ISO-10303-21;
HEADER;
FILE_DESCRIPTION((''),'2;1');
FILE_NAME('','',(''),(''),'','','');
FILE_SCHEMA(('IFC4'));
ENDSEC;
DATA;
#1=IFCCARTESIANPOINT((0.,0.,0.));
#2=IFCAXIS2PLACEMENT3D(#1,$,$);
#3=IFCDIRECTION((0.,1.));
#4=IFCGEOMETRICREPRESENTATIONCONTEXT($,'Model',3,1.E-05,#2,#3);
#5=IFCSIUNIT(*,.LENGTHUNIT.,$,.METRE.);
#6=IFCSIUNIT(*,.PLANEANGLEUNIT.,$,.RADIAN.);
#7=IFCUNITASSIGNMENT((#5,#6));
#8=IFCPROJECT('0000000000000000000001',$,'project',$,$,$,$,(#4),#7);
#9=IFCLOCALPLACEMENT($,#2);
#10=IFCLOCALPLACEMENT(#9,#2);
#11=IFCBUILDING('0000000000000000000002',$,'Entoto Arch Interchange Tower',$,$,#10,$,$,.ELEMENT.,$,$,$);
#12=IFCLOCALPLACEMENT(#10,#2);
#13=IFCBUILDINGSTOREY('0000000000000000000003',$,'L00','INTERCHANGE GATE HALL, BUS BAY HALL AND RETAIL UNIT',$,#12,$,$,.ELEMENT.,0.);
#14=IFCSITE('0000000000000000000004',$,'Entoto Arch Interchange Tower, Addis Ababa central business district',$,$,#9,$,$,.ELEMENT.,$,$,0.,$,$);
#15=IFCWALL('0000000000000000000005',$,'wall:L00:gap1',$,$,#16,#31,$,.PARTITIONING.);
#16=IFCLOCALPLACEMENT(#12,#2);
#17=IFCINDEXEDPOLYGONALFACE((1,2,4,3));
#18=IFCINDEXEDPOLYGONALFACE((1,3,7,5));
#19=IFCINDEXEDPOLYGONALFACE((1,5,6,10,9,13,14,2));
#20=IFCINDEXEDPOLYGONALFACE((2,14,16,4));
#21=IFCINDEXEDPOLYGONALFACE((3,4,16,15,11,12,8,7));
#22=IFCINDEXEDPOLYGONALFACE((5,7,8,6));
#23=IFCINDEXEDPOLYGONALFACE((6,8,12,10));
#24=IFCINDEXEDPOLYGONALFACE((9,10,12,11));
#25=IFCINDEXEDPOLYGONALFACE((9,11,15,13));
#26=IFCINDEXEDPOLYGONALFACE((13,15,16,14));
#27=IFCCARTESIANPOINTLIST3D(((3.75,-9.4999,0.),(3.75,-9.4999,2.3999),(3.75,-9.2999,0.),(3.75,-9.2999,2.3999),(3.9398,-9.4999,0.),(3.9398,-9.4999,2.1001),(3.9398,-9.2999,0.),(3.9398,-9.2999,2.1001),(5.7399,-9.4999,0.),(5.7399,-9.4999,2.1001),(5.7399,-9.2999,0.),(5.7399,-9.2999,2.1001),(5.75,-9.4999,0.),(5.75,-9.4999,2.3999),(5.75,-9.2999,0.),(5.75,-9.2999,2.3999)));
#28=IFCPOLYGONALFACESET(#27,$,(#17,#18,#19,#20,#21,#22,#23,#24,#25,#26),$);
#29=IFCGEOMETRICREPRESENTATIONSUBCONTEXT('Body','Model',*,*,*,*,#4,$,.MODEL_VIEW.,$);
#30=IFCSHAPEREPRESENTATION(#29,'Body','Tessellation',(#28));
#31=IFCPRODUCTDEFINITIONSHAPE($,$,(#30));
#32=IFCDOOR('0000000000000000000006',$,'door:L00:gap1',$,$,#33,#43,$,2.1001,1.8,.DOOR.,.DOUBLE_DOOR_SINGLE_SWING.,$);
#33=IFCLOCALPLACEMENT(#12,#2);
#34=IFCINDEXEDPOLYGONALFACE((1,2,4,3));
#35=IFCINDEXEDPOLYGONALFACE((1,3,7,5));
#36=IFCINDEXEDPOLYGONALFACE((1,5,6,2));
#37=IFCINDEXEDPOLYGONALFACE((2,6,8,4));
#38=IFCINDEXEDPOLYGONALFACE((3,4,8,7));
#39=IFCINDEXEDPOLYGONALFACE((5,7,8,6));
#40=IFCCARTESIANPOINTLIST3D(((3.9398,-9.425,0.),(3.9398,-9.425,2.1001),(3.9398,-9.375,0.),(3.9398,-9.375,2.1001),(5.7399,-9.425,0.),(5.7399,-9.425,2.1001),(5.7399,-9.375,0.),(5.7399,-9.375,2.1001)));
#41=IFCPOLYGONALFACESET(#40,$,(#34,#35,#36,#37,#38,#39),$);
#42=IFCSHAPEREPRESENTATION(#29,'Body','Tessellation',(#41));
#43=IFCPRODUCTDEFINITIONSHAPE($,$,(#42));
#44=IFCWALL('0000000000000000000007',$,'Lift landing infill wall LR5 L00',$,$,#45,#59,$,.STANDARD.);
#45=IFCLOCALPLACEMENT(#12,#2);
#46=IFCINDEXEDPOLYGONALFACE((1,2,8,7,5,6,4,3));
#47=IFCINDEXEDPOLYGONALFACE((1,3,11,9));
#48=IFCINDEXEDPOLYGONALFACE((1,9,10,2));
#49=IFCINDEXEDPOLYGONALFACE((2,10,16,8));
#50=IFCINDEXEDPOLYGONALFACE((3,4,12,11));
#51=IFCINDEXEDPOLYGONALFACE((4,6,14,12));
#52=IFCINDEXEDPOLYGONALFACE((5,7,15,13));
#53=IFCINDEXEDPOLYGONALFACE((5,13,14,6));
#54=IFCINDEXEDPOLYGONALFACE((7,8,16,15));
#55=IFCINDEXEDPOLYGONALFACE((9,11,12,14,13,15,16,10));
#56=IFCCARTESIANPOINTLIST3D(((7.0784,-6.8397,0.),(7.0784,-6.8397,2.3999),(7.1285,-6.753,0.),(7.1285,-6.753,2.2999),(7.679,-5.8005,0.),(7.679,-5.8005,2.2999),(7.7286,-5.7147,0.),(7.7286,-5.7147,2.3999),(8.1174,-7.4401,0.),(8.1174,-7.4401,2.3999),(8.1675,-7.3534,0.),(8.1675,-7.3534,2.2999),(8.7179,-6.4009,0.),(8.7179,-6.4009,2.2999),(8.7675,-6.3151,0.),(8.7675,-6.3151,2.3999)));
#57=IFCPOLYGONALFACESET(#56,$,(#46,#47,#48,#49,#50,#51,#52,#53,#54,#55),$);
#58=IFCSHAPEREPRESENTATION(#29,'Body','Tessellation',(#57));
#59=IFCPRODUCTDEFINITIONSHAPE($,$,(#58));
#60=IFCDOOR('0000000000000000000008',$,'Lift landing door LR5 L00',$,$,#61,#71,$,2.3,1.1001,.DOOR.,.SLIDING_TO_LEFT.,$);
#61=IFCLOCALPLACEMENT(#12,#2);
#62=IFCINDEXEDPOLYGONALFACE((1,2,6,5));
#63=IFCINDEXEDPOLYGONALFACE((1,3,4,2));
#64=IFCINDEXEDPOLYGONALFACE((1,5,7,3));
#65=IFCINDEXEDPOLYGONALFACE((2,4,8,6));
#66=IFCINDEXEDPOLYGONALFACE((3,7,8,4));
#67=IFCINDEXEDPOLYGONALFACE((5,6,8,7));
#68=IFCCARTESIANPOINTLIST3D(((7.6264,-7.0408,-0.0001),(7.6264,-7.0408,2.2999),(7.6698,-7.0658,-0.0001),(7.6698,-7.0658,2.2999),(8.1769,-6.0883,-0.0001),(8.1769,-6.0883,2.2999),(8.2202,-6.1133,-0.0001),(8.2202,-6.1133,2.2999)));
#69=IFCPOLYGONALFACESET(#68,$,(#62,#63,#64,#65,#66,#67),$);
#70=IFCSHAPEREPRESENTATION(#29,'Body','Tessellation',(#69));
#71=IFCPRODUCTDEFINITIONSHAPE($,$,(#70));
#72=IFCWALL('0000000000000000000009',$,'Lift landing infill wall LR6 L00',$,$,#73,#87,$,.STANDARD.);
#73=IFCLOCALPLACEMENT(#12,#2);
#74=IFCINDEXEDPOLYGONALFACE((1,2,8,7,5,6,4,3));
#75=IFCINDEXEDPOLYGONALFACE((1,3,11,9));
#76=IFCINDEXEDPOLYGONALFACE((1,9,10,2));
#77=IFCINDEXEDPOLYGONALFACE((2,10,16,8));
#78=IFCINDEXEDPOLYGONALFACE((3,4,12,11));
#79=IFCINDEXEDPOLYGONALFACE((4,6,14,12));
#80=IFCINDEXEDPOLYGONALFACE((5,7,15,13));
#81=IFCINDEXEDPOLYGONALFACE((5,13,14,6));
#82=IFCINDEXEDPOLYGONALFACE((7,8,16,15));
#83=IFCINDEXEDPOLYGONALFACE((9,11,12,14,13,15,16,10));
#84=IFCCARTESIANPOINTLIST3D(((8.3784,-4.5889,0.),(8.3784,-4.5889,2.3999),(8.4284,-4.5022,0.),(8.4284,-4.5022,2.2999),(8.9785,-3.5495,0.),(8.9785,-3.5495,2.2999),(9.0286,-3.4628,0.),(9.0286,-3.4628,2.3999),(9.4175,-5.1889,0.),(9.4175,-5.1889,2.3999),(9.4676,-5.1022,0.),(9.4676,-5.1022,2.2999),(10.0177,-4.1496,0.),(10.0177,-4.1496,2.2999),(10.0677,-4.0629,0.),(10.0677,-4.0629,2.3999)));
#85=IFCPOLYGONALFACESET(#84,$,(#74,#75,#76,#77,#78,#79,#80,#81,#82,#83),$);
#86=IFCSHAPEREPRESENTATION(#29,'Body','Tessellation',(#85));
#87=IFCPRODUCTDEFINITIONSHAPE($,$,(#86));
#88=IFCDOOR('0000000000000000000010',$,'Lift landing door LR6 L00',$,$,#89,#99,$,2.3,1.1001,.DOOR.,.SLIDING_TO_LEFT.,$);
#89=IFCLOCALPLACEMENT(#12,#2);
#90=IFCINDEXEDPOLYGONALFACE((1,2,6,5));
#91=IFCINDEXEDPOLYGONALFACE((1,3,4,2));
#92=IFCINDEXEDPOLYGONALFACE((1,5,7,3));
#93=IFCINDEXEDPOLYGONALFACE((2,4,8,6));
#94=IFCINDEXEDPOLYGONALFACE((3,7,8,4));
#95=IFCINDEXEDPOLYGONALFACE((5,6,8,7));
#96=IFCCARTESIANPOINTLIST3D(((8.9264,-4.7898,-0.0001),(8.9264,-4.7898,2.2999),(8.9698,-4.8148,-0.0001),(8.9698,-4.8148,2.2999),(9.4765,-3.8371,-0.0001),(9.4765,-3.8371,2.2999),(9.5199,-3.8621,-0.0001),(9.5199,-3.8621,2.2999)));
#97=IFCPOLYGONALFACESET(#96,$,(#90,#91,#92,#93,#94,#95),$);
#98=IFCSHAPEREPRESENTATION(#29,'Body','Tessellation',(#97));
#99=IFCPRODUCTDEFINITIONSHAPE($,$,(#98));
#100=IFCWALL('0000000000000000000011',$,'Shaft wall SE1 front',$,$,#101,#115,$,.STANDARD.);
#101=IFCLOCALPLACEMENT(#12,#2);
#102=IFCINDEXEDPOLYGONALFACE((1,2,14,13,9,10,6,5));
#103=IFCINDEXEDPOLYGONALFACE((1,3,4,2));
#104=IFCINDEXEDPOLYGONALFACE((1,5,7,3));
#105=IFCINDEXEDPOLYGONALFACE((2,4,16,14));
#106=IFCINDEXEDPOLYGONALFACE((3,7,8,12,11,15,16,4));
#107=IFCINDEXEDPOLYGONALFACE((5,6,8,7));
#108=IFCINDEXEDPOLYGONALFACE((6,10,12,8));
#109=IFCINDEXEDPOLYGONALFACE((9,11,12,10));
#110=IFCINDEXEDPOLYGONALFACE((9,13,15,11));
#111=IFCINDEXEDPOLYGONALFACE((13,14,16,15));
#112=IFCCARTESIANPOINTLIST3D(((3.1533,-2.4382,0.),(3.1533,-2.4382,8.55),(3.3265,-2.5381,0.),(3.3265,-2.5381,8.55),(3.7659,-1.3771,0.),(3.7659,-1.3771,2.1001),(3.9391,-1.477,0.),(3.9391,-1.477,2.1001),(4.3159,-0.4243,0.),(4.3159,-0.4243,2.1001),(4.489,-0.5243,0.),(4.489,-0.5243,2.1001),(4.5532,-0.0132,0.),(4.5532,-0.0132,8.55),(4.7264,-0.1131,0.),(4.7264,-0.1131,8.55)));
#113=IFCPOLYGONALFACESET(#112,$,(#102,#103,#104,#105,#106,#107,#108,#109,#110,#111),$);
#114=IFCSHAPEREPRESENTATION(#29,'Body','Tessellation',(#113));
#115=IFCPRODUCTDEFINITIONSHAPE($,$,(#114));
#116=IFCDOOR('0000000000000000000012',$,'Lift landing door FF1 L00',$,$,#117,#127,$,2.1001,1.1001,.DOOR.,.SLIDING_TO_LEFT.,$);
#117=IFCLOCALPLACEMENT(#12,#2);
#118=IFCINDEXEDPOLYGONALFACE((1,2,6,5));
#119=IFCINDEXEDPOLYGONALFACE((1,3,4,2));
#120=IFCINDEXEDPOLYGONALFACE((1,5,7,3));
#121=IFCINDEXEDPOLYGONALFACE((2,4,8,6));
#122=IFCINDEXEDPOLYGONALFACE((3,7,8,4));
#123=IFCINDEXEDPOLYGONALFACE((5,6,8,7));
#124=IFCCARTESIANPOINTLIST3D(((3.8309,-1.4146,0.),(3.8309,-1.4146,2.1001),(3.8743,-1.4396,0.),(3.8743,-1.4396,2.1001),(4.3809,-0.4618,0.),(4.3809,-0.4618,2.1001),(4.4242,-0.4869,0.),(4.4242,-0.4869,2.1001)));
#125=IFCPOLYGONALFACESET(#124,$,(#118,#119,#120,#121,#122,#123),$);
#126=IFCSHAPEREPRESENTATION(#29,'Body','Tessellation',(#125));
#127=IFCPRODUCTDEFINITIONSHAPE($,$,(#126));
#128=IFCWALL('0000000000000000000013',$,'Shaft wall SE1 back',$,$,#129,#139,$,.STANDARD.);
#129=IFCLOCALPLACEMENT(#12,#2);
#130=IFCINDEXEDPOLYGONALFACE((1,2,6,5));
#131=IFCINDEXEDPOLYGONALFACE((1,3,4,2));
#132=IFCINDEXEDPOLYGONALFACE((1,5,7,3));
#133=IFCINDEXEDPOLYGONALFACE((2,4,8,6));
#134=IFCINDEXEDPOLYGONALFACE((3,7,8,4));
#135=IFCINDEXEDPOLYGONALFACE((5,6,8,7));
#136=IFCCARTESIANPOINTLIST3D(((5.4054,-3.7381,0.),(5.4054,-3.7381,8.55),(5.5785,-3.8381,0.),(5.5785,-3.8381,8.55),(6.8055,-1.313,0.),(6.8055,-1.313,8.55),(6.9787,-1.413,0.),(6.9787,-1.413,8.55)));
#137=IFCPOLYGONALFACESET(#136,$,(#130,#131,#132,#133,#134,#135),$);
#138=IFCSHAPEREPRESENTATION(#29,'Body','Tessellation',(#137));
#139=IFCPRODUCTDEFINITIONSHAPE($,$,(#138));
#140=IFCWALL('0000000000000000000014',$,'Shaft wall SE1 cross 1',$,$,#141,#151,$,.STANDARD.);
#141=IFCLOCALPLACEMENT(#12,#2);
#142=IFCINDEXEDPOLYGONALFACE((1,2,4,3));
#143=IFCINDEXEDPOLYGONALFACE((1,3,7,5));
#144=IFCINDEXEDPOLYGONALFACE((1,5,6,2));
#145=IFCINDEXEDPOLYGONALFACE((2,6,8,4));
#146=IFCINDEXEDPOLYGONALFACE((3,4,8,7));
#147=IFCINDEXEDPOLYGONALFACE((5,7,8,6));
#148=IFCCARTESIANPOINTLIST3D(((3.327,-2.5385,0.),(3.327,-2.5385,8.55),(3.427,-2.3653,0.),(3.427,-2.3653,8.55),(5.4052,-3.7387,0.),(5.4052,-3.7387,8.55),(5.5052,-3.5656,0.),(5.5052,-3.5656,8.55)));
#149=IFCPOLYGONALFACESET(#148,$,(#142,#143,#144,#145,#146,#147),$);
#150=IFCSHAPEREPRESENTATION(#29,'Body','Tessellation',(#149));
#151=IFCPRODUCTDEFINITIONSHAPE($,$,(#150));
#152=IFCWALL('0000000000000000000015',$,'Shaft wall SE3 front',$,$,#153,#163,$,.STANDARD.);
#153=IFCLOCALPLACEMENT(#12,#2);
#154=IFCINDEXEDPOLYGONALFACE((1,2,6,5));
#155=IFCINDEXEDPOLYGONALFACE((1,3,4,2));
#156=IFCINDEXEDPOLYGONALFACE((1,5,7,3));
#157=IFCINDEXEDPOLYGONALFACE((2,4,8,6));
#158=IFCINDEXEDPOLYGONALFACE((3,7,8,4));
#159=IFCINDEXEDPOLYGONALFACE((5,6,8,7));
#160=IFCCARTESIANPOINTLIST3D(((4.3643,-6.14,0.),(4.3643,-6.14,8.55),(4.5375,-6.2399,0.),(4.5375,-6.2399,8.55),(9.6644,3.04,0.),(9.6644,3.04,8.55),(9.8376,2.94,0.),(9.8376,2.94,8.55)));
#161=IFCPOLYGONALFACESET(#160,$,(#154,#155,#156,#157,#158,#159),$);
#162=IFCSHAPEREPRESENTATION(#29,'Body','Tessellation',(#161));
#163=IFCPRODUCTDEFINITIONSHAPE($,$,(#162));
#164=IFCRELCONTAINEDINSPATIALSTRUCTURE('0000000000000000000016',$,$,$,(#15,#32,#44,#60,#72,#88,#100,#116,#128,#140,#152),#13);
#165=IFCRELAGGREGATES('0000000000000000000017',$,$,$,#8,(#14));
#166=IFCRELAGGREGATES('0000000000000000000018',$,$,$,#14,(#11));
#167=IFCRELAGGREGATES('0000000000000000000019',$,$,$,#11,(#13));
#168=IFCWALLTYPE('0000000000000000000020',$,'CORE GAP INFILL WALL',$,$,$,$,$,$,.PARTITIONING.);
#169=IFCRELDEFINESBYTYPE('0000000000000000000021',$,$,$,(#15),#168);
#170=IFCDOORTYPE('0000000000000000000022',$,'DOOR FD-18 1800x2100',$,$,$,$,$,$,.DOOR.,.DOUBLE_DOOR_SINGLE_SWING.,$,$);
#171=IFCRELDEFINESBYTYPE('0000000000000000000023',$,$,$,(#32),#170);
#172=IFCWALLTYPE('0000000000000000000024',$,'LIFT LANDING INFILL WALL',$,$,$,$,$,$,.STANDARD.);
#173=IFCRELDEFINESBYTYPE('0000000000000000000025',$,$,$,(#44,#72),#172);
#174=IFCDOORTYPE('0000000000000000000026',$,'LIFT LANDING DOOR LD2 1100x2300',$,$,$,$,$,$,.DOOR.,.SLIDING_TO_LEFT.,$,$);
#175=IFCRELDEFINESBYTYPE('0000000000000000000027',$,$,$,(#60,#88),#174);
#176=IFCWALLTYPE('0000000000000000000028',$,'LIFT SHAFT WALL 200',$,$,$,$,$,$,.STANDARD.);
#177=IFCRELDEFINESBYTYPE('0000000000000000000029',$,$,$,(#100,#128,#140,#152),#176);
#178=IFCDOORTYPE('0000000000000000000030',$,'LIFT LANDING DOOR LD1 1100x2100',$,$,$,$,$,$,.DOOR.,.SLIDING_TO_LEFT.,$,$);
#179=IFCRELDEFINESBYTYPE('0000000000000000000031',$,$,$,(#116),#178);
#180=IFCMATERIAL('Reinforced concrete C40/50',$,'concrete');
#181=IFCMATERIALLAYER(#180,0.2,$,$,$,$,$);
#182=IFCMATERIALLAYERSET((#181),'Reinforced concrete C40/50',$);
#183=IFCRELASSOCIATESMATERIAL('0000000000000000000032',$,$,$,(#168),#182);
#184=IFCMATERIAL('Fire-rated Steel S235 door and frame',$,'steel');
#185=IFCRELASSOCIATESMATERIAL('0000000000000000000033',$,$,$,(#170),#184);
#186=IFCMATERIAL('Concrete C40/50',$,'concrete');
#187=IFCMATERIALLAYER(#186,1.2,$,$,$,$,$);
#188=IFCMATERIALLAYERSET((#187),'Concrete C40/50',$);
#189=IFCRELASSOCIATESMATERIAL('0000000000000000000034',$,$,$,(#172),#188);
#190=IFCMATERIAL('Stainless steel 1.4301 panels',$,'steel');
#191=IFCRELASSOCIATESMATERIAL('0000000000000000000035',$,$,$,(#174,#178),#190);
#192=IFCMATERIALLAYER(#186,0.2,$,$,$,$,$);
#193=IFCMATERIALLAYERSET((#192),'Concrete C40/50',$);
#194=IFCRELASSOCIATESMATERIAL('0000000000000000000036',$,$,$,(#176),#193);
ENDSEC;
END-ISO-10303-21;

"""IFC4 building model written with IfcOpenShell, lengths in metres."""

from ifc_helpers import new_model, si_unit, direction, frame, frame_2d, origin, place, context, subcontext, project, spatial, rectangle, extrude, material, layer, layer_set, type_object, element, fill, save


model = new_model("IFC4")

# Units and contexts
model_context = context("Model", 3, precision=1e-05, world=origin(), true_north=direction((0.0, 1.0)))
body_context = subcontext(model_context, "Body", "Model", "MODEL_VIEW")
ifc_project = project(units=[si_unit("LENGTHUNIT", "METRE"), si_unit("PLANEANGLEUNIT", "RADIAN")], contexts=[model_context])

# Site, building, storey
site_placement = place(None, origin())
site = spatial("IfcSite", under=ifc_project, at=site_placement, Name="Entoto Arch Interchange Tower, Addis Ababa central business district", CompositionType="ELEMENT", RefElevation=0.0)
building_placement = place(site_placement, origin())
building = spatial("IfcBuilding", under=site, at=building_placement, Name="Entoto Arch Interchange Tower", CompositionType="ELEMENT")
storey_placement = place(building_placement, origin())
storey = spatial("IfcBuildingStorey", under=building, at=storey_placement, Name="L00", Description="INTERCHANGE GATE HALL, BUS BAY HALL AND RETAIL UNIT", CompositionType="ELEMENT", Elevation=0.0)

# Walls, openings, doors
ifc_material_1 = material(Name="Reinforced concrete C40/50", Category="concrete")
ifc_layer_1 = layer(ifc_material_1, 0.2)
ifc_layer_set_1 = layer_set([ifc_layer_1], Name="Reinforced concrete C40/50")
wall_type_1 = type_object("IfcWallType", Name="CORE GAP INFILL WALL", PredefinedType="PARTITIONING", material=ifc_layer_set_1)
wall_1_placement = place(storey_placement, frame((3.75, -9.3999, 0.0), z_axis=(0.0, 0.0, 1.0), x_axis=(1.0, 0.0, 0.0)))
wall_1 = element("IfcWall", 1, at=wall_1_placement, inside=storey, type_object=wall_type_1, Name="wall:L00:gap1", PredefinedType="PARTITIONING", context=body_context, shape_type="SweptSolid", body=[
    extrude(rectangle(XDim=2.0, YDim=0.2, at=frame_2d((1.0, 0.0))), origin(), (0.0, 0.0, 1.0), 2.3999),
])
opening_1_placement = place(wall_1_placement, frame((0.1899, 0.0, 0.0)))
opening_1 = element("IfcOpeningElement", 2, at=opening_1_placement, cuts=wall_1, PredefinedType="OPENING", context=body_context, shape_type="SweptSolid", body=[
    extrude(rectangle(XDim=1.8, YDim=2.1001, at=frame_2d((0.8999, 1.05))), frame((0.0, 0.1099, 0.0), z_axis=(0.0, -1.0, 0.0), x_axis=(1.0, 0.0, 0.0)), (0.0, 0.0, 1.0), 0.22),
])
ifc_material_2 = material(Name="Fire-rated Steel S235 door and frame", Category="steel")
door_type_1 = type_object("IfcDoorType", Name="DOOR FD-18 1800x2100", OperationType="DOUBLE_DOOR_SINGLE_SWING", PredefinedType="DOOR", material=ifc_material_2)
door_1_placement = place(opening_1_placement, origin())
door_1 = element("IfcDoor", 3, at=door_1_placement, inside=storey, type_object=door_type_1, Name="door:L00:gap1", OperationType="DOUBLE_DOOR_SINGLE_SWING", OverallHeight=2.1001, OverallWidth=1.8, PredefinedType="DOOR", context=body_context, shape_type="SweptSolid", body=[
    extrude(rectangle(XDim=1.8, YDim=2.1001, at=frame_2d((0.8999, 1.05))), frame((0.0, 0.0249, 0.0), z_axis=(0.0, -1.0, 0.0), x_axis=(1.0, 0.0, 0.0)), (0.0, 0.0, 1.0), 0.05),
])
fill(opening_1, door_1)
ifc_material_3 = material(Name="Concrete C40/50", Category="concrete")
ifc_layer_2 = layer(ifc_material_3, 1.2)
ifc_layer_set_2 = layer_set([ifc_layer_2], Name="Concrete C40/50")
wall_type_2 = type_object("IfcWallType", Name="LIFT LANDING INFILL WALL", PredefinedType="STANDARD", material=ifc_layer_set_2)
wall_2_placement = place(storey_placement, frame((7.5979, -7.1399, 0.0), z_axis=(0.0, 0.0, 1.0), x_axis=(0.500362, 0.865816, 0.0)))
wall_2 = element("IfcWall", 4, at=wall_2_placement, inside=storey, type_object=wall_type_2, Name="Lift landing infill wall LR5 L00", PredefinedType="STANDARD", context=body_context, shape_type="SweptSolid", body=[
    extrude(rectangle(XDim=1.2993, YDim=1.2, at=frame_2d((0.6497, 0.0))), origin(), (0.0, 0.0, 1.0), 2.3999),
])
opening_2_placement = place(wall_2_placement, frame((0.1001, 0.0, 0.0)))
opening_2 = element("IfcOpeningElement", 5, at=opening_2_placement, cuts=wall_2, PredefinedType="OPENING", context=body_context, shape_type="SweptSolid", body=[
    extrude(rectangle(XDim=1.1001, YDim=2.3, at=frame_2d((0.55, 1.1499))), frame((0.0, 0.6099, 0.0), z_axis=(0.0, -1.0, 0.0), x_axis=(1.0, 0.0, 0.0)), (0.0, 0.0, 1.0), 1.22),
])
ifc_material_4 = material(Name="Stainless steel 1.4301 panels", Category="steel")
door_type_2 = type_object("IfcDoorType", Name="LIFT LANDING DOOR LD2 1100x2300", OperationType="SLIDING_TO_LEFT", PredefinedType="DOOR", material=ifc_material_4)
door_2_placement = place(opening_2_placement, origin())
door_2 = element("IfcDoor", 6, at=door_2_placement, inside=storey, type_object=door_type_2, Name="Lift landing door LR5 L00", OperationType="SLIDING_TO_LEFT", OverallHeight=2.3, OverallWidth=1.1001, PredefinedType="DOOR", context=body_context, shape_type="SweptSolid", body=[
    extrude(rectangle(XDim=1.1001, YDim=2.3, at=frame_2d((0.55, 1.1499))), frame((0.0, 0.0249, 0.0), z_axis=(0.0, -1.0, 0.0), x_axis=(1.0, 0.0, 0.0)), (0.0, 0.0, 1.0), 0.05),
])
fill(opening_2, door_2)
wall_3_placement = place(storey_placement, frame((8.8979, -4.8889, 0.0), z_axis=(0.0, 0.0, 1.0), x_axis=(0.500037, 0.866004, 0.0)))
wall_3 = element("IfcWall", 7, at=wall_3_placement, inside=storey, type_object=wall_type_2, Name="Lift landing infill wall LR6 L00", PredefinedType="STANDARD", context=body_context, shape_type="SweptSolid", body=[
    extrude(rectangle(XDim=1.3003, YDim=1.2, at=frame_2d((0.6501, 0.0))), origin(), (0.0, 0.0, 1.0), 2.3999),
])
opening_3_placement = place(wall_3_placement, frame((0.1001, 0.0, 0.0)))
opening_3 = element("IfcOpeningElement", 8, at=opening_3_placement, cuts=wall_3, PredefinedType="OPENING", context=body_context, shape_type="SweptSolid", body=[
    extrude(rectangle(XDim=1.1001, YDim=2.3, at=frame_2d((0.55, 1.1499))), frame((0.0, 0.6099, 0.0), z_axis=(0.0, -1.0, 0.0), x_axis=(1.0, 0.0, 0.0)), (0.0, 0.0, 1.0), 1.22),
])
door_3_placement = place(opening_3_placement, origin())
door_3 = element("IfcDoor", 9, at=door_3_placement, inside=storey, type_object=door_type_2, Name="Lift landing door LR6 L00", OperationType="SLIDING_TO_LEFT", OverallHeight=2.3, OverallWidth=1.1001, PredefinedType="DOOR", context=body_context, shape_type="SweptSolid", body=[
    extrude(rectangle(XDim=1.1001, YDim=2.3, at=frame_2d((0.55, 1.1499))), frame((0.0, 0.0249, 0.0), z_axis=(0.0, -1.0, 0.0), x_axis=(1.0, 0.0, 0.0)), (0.0, 0.0, 1.0), 0.05),
])
fill(opening_3, door_3)
ifc_layer_3 = layer(ifc_material_3, 0.2)
ifc_layer_set_3 = layer_set([ifc_layer_3], Name="Concrete C40/50")
wall_type_3 = type_object("IfcWallType", Name="LIFT SHAFT WALL 200", PredefinedType="STANDARD", material=ifc_layer_set_3)
wall_4_placement = place(storey_placement, frame((3.24, -2.488, 0.0), z_axis=(0.0, 0.0, 1.0), x_axis=(0.499946, 0.866056, 0.0)))
wall_4 = element("IfcWall", 10, at=wall_4_placement, inside=storey, type_object=wall_type_3, Name="Shaft wall SE1 front", PredefinedType="STANDARD", context=body_context, shape_type="SweptSolid", body=[
    extrude(rectangle(XDim=2.8, YDim=0.2, at=frame_2d((1.3999, 0.0))), origin(), (0.0, 0.0, 1.0), 8.55),
])
opening_4_placement = place(wall_4_placement, frame((1.2251, 0.0, 0.0)))
opening_4 = element("IfcOpeningElement", 11, at=opening_4_placement, cuts=wall_4, PredefinedType="OPENING", context=body_context, shape_type="SweptSolid", body=[
    extrude(rectangle(XDim=1.1001, YDim=2.1001, at=frame_2d((0.55, 1.05))), frame((0.0, 0.1099, 0.0), z_axis=(0.0, -1.0, 0.0), x_axis=(1.0, 0.0, 0.0)), (0.0, 0.0, 1.0), 0.22),
])
door_type_3 = type_object("IfcDoorType", Name="LIFT LANDING DOOR LD1 1100x2100", OperationType="SLIDING_TO_LEFT", PredefinedType="DOOR", material=ifc_material_4)
door_4_placement = place(opening_4_placement, origin())
door_4 = element("IfcDoor", 12, at=door_4_placement, inside=storey, type_object=door_type_3, Name="Lift landing door FF1 L00", OperationType="SLIDING_TO_LEFT", OverallHeight=2.1001, OverallWidth=1.1001, PredefinedType="DOOR", context=body_context, shape_type="SweptSolid", body=[
    extrude(rectangle(XDim=1.1001, YDim=2.1001, at=frame_2d((0.55, 1.05))), frame((0.0, 0.0249, 0.0), z_axis=(0.0, -1.0, 0.0), x_axis=(1.0, 0.0, 0.0)), (0.0, 0.0, 1.0), 0.05),
])
fill(opening_4, door_4)

# Walls
wall_5_placement = place(storey_placement, frame((5.4919, -3.7881, 0.0), z_axis=(0.0, 0.0, 1.0), x_axis=(0.500012, 0.866019, 0.0)))
element("IfcWall", 13, at=wall_5_placement, inside=storey, type_object=wall_type_3, Name="Shaft wall SE1 back", PredefinedType="STANDARD", context=body_context, shape_type="SweptSolid", body=[
    extrude(rectangle(XDim=2.8003, YDim=0.2, at=frame_2d((1.4001, 0.0))), origin(), (0.0, 0.0, 1.0), 8.55),
])
wall_6_placement = place(storey_placement, frame((3.377, -2.4519, 0.0), z_axis=(0.0, 0.0, 1.0), x_axis=(0.865955, -0.500122, 0.0)))
element("IfcWall", 14, at=wall_6_placement, inside=storey, type_object=wall_type_3, Name="Shaft wall SE1 cross 1", PredefinedType="STANDARD", context=body_context, shape_type="SweptSolid", body=[
    extrude(rectangle(XDim=2.3999, YDim=0.2, at=frame_2d((1.2, 0.0))), origin(), (0.0, 0.0, 1.0), 8.55),
])
wall_7_placement = place(storey_placement, frame((4.4509, -6.1899, 0.0), z_axis=(0.0, 0.0, 1.0), x_axis=(0.500001, 0.866025, 0.0)))
element("IfcWall", 15, at=wall_7_placement, inside=storey, type_object=wall_type_3, Name="Shaft wall SE3 front", PredefinedType="STANDARD", context=body_context, shape_type="SweptSolid", body=[
    extrude(rectangle(XDim=10.6001, YDim=0.2, at=frame_2d((5.3, 0.0))), origin(), (0.0, 0.0, 1.0), 8.55),
])

save(model, "model.ifc")
